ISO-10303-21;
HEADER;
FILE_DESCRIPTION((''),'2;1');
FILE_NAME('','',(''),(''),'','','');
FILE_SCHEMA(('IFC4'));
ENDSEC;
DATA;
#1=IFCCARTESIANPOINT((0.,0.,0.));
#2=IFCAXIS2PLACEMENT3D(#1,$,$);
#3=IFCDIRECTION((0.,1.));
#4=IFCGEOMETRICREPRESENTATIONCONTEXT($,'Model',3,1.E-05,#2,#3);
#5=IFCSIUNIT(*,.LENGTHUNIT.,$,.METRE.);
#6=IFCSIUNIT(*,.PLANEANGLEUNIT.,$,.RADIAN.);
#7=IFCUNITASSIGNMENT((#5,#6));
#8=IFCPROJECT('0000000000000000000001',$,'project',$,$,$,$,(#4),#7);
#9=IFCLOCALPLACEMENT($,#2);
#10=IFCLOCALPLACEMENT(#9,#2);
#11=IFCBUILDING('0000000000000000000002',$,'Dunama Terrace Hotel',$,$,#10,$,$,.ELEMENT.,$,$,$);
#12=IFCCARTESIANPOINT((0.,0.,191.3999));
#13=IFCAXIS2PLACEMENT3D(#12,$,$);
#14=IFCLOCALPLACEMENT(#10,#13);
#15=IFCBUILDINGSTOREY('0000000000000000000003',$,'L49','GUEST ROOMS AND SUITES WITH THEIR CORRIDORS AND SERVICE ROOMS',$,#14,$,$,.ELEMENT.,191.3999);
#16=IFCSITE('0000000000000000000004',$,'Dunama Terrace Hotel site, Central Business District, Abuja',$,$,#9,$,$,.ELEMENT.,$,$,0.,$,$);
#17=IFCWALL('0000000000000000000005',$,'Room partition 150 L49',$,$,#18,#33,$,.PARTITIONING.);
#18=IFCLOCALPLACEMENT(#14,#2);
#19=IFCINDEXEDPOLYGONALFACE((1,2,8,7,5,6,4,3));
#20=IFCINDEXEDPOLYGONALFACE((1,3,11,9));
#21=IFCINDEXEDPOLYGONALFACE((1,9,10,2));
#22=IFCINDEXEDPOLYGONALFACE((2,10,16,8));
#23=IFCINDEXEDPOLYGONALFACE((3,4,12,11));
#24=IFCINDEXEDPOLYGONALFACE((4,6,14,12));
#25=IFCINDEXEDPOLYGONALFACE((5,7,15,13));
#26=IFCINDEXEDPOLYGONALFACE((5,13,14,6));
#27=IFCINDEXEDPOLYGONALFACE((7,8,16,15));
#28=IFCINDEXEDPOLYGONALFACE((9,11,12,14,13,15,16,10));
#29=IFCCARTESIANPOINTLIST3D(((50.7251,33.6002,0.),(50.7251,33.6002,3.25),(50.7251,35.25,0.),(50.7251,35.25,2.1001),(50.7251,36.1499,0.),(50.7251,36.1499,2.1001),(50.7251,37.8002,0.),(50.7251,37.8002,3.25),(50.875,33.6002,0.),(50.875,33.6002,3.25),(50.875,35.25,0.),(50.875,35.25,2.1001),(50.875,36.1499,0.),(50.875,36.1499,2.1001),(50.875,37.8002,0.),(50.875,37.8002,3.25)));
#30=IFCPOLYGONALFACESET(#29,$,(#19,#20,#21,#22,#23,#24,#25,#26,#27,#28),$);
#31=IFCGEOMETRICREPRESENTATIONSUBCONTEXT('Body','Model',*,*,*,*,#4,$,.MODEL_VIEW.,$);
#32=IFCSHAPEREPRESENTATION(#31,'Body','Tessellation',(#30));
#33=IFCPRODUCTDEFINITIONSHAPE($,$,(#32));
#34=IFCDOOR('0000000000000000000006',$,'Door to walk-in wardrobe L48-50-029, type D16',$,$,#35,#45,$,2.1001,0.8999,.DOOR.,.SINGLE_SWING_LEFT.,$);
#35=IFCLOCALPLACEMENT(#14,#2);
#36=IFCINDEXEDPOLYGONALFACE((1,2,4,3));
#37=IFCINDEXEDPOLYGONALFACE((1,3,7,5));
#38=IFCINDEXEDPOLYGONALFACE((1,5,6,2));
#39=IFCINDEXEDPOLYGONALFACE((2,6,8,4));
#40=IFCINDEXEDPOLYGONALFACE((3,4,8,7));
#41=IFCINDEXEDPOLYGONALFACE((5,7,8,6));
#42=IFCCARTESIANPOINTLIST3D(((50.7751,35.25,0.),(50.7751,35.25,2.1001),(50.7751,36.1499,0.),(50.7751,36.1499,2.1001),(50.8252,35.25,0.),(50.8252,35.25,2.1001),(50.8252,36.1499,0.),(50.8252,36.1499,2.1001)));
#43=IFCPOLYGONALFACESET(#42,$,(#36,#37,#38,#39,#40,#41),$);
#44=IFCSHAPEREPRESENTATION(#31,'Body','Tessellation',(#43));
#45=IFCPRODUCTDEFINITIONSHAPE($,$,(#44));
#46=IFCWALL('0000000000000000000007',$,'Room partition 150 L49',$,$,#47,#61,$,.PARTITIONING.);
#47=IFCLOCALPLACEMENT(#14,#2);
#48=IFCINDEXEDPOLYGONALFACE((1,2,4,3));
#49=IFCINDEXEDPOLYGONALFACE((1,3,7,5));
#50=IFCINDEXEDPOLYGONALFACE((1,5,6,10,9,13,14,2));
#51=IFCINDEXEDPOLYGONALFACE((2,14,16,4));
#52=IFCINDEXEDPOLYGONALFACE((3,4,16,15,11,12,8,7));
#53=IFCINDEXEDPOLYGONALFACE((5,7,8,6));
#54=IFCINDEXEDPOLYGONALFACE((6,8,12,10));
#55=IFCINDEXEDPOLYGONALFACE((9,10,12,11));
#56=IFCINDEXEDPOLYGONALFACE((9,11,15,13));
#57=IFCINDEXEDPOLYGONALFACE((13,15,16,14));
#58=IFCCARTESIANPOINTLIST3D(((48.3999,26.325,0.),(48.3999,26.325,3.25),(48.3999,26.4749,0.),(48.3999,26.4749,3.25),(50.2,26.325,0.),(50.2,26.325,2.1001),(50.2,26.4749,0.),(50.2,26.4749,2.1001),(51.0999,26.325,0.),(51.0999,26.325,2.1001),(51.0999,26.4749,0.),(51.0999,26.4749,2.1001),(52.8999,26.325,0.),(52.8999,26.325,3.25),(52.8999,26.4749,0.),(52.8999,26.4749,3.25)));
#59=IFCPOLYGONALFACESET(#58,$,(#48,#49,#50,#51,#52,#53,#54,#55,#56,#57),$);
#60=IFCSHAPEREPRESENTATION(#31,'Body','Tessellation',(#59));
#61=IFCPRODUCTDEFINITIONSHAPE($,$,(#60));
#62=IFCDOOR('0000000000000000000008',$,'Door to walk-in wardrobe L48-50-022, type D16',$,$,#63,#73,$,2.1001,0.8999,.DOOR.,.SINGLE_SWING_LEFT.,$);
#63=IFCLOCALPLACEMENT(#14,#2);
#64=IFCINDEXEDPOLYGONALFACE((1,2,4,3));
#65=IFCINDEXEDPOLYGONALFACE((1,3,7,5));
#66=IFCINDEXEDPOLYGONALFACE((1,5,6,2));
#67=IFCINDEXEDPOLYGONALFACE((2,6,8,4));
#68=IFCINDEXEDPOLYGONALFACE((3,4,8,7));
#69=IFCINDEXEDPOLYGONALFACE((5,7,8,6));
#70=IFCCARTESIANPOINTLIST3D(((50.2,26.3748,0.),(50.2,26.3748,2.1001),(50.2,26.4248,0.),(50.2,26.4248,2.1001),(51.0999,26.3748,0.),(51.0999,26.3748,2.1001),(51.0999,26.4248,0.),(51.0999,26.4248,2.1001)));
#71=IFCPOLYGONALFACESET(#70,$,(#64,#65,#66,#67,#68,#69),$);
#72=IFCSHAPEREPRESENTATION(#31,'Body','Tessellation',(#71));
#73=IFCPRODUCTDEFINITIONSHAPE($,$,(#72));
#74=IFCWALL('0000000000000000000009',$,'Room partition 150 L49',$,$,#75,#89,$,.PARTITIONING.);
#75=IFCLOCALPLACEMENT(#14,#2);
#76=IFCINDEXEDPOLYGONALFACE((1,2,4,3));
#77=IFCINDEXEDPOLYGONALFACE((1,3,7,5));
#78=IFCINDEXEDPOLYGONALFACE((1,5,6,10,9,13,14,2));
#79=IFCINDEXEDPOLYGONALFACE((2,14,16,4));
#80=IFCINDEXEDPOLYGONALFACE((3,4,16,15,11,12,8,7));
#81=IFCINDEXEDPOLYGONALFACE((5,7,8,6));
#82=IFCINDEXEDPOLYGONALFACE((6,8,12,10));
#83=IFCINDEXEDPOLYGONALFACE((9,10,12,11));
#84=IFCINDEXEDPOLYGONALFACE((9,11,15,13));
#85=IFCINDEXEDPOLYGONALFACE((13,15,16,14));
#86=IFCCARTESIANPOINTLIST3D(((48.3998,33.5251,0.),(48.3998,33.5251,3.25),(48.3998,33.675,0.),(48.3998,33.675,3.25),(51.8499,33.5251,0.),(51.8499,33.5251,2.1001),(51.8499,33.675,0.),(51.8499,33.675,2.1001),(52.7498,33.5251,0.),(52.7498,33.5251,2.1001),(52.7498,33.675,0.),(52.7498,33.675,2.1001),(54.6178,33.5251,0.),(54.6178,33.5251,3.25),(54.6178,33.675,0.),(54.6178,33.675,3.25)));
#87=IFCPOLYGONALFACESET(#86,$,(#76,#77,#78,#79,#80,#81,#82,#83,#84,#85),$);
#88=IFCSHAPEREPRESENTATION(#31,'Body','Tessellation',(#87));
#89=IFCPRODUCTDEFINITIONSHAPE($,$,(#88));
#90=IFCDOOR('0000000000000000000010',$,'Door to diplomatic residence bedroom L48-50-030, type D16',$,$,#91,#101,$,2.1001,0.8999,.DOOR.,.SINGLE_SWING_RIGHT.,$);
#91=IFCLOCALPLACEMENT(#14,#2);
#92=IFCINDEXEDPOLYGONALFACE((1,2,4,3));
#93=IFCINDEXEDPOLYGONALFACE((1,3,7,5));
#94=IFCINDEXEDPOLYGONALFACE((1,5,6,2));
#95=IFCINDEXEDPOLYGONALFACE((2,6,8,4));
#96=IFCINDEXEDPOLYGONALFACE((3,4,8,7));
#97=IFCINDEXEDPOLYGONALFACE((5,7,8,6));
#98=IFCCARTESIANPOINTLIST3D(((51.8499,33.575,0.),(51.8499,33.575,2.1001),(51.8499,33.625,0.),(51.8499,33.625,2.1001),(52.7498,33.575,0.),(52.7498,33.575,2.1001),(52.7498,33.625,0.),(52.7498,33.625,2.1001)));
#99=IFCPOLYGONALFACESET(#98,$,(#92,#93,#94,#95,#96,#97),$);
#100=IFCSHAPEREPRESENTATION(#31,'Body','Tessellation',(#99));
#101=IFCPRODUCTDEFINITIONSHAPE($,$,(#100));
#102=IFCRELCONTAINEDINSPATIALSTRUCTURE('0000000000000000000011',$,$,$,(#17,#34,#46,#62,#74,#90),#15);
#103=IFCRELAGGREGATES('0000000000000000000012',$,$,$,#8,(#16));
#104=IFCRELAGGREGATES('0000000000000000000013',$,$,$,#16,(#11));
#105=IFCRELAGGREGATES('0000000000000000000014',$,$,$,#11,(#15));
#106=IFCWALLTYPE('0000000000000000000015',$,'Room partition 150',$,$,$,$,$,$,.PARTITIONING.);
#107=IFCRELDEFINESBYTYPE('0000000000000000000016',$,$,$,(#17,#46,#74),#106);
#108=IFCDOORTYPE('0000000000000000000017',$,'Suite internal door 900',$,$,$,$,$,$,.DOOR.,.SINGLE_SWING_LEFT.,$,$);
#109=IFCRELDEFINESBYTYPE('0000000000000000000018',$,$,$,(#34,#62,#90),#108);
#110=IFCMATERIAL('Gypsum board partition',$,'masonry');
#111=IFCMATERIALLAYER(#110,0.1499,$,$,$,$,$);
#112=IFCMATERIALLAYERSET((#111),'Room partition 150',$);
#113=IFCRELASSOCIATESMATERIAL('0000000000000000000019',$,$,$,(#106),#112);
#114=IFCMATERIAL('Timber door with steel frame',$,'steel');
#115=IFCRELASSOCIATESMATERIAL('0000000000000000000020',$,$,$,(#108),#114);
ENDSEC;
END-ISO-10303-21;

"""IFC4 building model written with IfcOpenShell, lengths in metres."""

from ifc_helpers import new_model, si_unit, direction, frame, frame_2d, origin, place, context, subcontext, project, spatial, rectangle, extrude, material, layer, layer_set, type_object, element, fill, save


model = new_model("IFC4")

# Units and contexts
model_context = context("Model", 3, precision=1e-05, world=origin(), true_north=direction((0.0, 1.0)))
body_context = subcontext(model_context, "Body", "Model", "MODEL_VIEW")
ifc_project = project(units=[si_unit("LENGTHUNIT", "METRE"), si_unit("PLANEANGLEUNIT", "RADIAN")], contexts=[model_context])

# Site, building, storey
site_placement = place(None, origin())
site = spatial("IfcSite", under=ifc_project, at=site_placement, Name="Dunama Terrace Hotel site, Central Business District, Abuja", CompositionType="ELEMENT", RefElevation=0.0)
building_placement = place(site_placement, origin())
building = spatial("IfcBuilding", under=site, at=building_placement, Name="Dunama Terrace Hotel", CompositionType="ELEMENT")
storey_placement = place(building_placement, frame((0.0, 0.0, 191.3999)))
storey = spatial("IfcBuildingStorey", under=building, at=storey_placement, Name="L49", Description="GUEST ROOMS AND SUITES WITH THEIR CORRIDORS AND SERVICE ROOMS", CompositionType="ELEMENT", Elevation=191.3999)

# Shared definitions
ifc_material_1 = material(Name="Gypsum board partition", Category="masonry")
ifc_layer_1 = layer(ifc_material_1, 0.1499)
ifc_layer_set_1 = layer_set([ifc_layer_1], Name="Room partition 150")
wall_type_1 = type_object("IfcWallType", Name="Room partition 150", PredefinedType="PARTITIONING", material=ifc_layer_set_1)

# Walls, openings, doors
wall_1_placement = place(storey_placement, frame((50.8, 33.6001, 0.0), z_axis=(0.0, 0.0, 1.0), x_axis=(0.0, 1.0, 0.0)))
wall_1 = element("IfcWall", 1, at=wall_1_placement, inside=storey, type_object=wall_type_1, Name="Room partition 150 L49", PredefinedType="PARTITIONING", context=body_context, shape_type="SweptSolid", body=[
    extrude(rectangle(XDim=4.2, YDim=0.1499, at=frame_2d((2.1001, 0.0))), origin(), (0.0, 0.0, 1.0), 3.25),
])
opening_1_placement = place(wall_1_placement, frame((1.6499, 0.0, 0.0)))
opening_1 = element("IfcOpeningElement", 2, at=opening_1_placement, cuts=wall_1, PredefinedType="OPENING", context=body_context, shape_type="SweptSolid", body=[
    extrude(rectangle(XDim=0.8999, YDim=2.1001, at=frame_2d((0.45, 1.05))), frame((0.0, 0.085, 0.0), z_axis=(0.0, -1.0, 0.0), x_axis=(1.0, 0.0, 0.0)), (0.0, 0.0, 1.0), 0.1699),
])
ifc_material_2 = material(Name="Timber door with steel frame", Category="steel")
door_type_1 = type_object("IfcDoorType", Name="Suite internal door 900", OperationType="SINGLE_SWING_LEFT", PredefinedType="DOOR", material=ifc_material_2)
door_1_placement = place(opening_1_placement, origin())
door_1 = element("IfcDoor", 3, at=door_1_placement, inside=storey, type_object=door_type_1, Name="Door to walk-in wardrobe L48-50-029, type D16", OperationType="SINGLE_SWING_LEFT", OverallHeight=2.1001, OverallWidth=0.8999, PredefinedType="DOOR", context=body_context, shape_type="SweptSolid", body=[
    extrude(rectangle(XDim=0.8999, YDim=2.1001, at=frame_2d((0.45, 1.05))), frame((0.0, 0.0249, 0.0), z_axis=(0.0, -1.0, 0.0), x_axis=(1.0, 0.0, 0.0)), (0.0, 0.0, 1.0), 0.05),
])
fill(opening_1, door_1)
wall_2_placement = place(storey_placement, frame((48.3999, 26.3999, 0.0), z_axis=(0.0, 0.0, 1.0), x_axis=(1.0, 0.0, 0.0)))
wall_2 = element("IfcWall", 4, at=wall_2_placement, inside=storey, type_object=wall_type_1, Name="Room partition 150 L49", PredefinedType="PARTITIONING", context=body_context, shape_type="SweptSolid", body=[
    extrude(rectangle(XDim=4.5, YDim=0.1499, at=frame_2d((2.25, 0.0))), origin(), (0.0, 0.0, 1.0), 3.25),
])
opening_2_placement = place(wall_2_placement, frame((1.8, 0.0, 0.0)))
opening_2 = element("IfcOpeningElement", 5, at=opening_2_placement, cuts=wall_2, PredefinedType="OPENING", context=body_context, shape_type="SweptSolid", body=[
    extrude(rectangle(XDim=0.8999, YDim=2.1001, at=frame_2d((0.45, 1.05))), frame((0.0, 0.085, 0.0), z_axis=(0.0, -1.0, 0.0), x_axis=(1.0, 0.0, 0.0)), (0.0, 0.0, 1.0), 0.1699),
])
door_2_placement = place(opening_2_placement, origin())
door_2 = element("IfcDoor", 6, at=door_2_placement, inside=storey, type_object=door_type_1, Name="Door to walk-in wardrobe L48-50-022, type D16", OperationType="SINGLE_SWING_LEFT", OverallHeight=2.1001, OverallWidth=0.8999, PredefinedType="DOOR", context=body_context, shape_type="SweptSolid", body=[
    extrude(rectangle(XDim=0.8999, YDim=2.1001, at=frame_2d((0.45, 1.05))), frame((0.0, 0.0249, 0.0), z_axis=(0.0, -1.0, 0.0), x_axis=(1.0, 0.0, 0.0)), (0.0, 0.0, 1.0), 0.05),
])
fill(opening_2, door_2)
wall_3_placement = place(storey_placement, frame((48.3999, 33.6001, 0.0), z_axis=(0.0, 0.0, 1.0), x_axis=(1.0, 0.0, 0.0)))
wall_3 = element("IfcWall", 7, at=wall_3_placement, inside=storey, type_object=wall_type_1, Name="Room partition 150 L49", PredefinedType="PARTITIONING", context=body_context, shape_type="SweptSolid", body=[
    extrude(rectangle(XDim=6.218, YDim=0.1499, at=frame_2d((3.1089, 0.0))), origin(), (0.0, 0.0, 1.0), 3.25),
])
opening_3_placement = place(wall_3_placement, frame((3.45, 0.0, 0.0)))
opening_3 = element("IfcOpeningElement", 8, at=opening_3_placement, cuts=wall_3, PredefinedType="OPENING", context=body_context, shape_type="SweptSolid", body=[
    extrude(rectangle(XDim=0.8999, YDim=2.1001, at=frame_2d((0.45, 1.05))), frame((0.0, 0.085, 0.0), z_axis=(0.0, -1.0, 0.0), x_axis=(1.0, 0.0, 0.0)), (0.0, 0.0, 1.0), 0.1699),
])
door_3_placement = place(opening_3_placement, origin())
door_3 = element("IfcDoor", 9, at=door_3_placement, inside=storey, type_object=door_type_1, Name="Door to diplomatic residence bedroom L48-50-030, type D16", OperationType="SINGLE_SWING_RIGHT", OverallHeight=2.1001, OverallWidth=0.8999, PredefinedType="DOOR", context=body_context, shape_type="SweptSolid", body=[
    extrude(rectangle(XDim=0.8999, YDim=2.1001, at=frame_2d((0.45, 1.05))), frame((0.0, 0.0249, 0.0), z_axis=(0.0, -1.0, 0.0), x_axis=(1.0, 0.0, 0.0)), (0.0, 0.0, 1.0), 0.05),
])
fill(opening_3, door_3)

save(model, "model.ifc")
